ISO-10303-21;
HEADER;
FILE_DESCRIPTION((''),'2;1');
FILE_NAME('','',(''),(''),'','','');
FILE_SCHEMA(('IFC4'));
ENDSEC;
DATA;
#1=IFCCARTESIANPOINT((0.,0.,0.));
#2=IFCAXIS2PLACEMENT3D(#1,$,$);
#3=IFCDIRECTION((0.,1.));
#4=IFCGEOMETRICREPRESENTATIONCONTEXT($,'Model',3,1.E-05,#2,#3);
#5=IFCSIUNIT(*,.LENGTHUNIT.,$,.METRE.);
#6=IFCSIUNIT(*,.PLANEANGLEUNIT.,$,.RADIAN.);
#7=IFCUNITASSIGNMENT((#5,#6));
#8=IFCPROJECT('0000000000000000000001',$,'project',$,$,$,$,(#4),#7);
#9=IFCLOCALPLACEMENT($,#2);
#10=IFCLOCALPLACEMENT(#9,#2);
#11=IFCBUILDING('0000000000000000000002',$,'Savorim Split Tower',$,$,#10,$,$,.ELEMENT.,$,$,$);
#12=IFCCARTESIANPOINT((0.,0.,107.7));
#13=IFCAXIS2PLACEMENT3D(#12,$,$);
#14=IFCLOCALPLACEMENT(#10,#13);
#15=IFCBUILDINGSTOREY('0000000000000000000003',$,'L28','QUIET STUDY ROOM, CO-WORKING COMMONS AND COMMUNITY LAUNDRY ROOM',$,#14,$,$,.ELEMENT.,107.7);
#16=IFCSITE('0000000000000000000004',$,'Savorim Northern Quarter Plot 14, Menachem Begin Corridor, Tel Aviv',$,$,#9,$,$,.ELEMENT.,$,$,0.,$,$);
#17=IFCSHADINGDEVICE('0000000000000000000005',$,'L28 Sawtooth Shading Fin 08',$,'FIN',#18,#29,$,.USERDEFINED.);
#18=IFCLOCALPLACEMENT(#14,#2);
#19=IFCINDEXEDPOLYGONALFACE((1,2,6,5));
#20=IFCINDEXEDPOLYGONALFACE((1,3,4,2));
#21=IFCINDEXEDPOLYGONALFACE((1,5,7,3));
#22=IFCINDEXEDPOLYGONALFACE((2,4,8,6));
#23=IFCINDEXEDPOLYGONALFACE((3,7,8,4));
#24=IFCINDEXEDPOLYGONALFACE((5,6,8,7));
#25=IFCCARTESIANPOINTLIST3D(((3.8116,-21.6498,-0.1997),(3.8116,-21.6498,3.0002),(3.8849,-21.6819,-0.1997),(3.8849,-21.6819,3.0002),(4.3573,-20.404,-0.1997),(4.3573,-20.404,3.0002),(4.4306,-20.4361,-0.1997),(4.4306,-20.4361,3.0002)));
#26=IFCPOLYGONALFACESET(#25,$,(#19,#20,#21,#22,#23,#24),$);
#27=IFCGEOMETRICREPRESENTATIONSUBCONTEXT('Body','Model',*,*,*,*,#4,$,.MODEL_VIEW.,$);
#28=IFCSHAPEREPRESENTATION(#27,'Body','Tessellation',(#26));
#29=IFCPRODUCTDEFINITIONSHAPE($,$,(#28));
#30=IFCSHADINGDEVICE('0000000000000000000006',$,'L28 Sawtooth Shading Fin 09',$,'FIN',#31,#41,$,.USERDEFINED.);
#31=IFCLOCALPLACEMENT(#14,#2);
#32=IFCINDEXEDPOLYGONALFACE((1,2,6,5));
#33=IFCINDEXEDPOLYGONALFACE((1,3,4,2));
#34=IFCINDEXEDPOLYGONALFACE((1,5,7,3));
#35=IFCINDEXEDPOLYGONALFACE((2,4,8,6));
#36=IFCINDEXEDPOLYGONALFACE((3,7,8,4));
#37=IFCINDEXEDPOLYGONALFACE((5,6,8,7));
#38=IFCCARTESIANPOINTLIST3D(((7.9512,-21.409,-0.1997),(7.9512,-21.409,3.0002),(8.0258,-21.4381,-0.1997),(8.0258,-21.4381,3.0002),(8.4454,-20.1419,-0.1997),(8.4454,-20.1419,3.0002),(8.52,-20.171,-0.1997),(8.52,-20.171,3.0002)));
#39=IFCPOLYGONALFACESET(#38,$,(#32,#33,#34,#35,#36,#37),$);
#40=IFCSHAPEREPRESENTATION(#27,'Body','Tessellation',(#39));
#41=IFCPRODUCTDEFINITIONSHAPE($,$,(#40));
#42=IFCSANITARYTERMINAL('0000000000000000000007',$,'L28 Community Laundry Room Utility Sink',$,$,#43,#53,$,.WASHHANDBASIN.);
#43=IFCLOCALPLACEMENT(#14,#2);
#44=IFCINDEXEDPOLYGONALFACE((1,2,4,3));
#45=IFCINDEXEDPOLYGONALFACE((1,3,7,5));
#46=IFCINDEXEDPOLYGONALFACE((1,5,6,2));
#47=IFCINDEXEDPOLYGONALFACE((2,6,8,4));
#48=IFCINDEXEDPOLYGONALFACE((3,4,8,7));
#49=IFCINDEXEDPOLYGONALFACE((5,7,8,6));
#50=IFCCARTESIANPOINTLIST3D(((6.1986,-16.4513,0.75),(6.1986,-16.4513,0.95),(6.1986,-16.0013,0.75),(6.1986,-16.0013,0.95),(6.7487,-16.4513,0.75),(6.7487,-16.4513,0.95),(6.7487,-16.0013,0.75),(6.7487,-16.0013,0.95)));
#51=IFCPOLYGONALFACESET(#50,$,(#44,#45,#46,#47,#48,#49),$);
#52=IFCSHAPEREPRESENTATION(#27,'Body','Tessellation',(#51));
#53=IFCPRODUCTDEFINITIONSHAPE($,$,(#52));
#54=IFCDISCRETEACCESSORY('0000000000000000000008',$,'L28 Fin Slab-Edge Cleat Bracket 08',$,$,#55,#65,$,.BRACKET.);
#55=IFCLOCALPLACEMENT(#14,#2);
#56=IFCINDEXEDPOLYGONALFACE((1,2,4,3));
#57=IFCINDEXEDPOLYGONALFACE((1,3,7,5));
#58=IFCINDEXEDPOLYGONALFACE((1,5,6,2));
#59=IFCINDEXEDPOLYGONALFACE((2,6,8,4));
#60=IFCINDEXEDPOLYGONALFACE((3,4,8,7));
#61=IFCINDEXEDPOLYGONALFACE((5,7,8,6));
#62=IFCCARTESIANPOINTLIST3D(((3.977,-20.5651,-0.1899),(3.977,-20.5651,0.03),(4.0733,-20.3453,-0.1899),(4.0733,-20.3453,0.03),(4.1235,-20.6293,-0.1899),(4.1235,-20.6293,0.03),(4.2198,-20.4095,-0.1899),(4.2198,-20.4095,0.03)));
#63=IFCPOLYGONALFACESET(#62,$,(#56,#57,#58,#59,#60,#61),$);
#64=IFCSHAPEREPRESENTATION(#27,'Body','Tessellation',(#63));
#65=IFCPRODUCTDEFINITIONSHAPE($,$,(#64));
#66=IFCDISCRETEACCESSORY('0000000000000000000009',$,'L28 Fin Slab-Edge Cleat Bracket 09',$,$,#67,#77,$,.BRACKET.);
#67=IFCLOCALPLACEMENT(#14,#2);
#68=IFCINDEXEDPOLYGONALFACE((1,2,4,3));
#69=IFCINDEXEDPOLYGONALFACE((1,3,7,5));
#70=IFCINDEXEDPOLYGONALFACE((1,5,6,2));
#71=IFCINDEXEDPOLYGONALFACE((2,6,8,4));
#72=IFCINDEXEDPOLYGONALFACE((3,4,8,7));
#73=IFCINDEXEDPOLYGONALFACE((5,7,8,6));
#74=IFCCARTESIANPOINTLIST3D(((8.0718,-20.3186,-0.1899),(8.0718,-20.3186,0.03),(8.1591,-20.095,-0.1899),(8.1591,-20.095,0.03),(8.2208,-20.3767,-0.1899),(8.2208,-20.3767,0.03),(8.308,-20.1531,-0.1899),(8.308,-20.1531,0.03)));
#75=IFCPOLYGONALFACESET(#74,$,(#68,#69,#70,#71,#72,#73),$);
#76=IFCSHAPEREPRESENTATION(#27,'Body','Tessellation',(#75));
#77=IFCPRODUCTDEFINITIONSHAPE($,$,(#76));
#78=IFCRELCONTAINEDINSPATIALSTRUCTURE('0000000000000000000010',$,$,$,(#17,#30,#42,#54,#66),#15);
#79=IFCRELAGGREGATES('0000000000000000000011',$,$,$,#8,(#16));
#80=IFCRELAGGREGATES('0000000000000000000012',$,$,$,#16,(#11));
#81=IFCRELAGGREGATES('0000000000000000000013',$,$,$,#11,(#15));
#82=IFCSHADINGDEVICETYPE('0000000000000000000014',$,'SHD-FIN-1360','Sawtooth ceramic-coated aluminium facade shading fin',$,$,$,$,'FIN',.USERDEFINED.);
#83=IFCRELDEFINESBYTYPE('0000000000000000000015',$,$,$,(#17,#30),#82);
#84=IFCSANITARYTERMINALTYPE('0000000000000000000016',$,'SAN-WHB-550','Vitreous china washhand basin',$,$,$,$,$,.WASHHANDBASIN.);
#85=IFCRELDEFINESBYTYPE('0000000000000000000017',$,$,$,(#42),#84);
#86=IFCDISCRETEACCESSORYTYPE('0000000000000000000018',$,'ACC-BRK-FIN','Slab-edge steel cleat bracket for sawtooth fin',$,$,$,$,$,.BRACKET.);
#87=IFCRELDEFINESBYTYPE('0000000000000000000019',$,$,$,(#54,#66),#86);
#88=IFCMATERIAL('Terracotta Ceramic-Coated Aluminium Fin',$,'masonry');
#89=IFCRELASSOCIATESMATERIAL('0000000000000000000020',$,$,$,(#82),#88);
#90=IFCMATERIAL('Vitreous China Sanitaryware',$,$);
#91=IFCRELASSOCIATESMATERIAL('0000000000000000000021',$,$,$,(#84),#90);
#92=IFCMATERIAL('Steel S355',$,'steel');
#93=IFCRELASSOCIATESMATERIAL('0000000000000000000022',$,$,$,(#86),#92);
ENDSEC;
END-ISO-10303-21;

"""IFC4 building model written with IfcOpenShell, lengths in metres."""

from ifc_helpers import new_model, si_unit, direction, frame, origin, origin_2d, place, context, subcontext, project, spatial, rectangle, extrude, material, type_object, element, save


model = new_model("IFC4")

# Units and contexts
model_context = context("Model", 3, precision=1e-05, world=origin(), true_north=direction((0.0, 1.0)))
body_context = subcontext(model_context, "Body", "Model", "MODEL_VIEW")
ifc_project = project(units=[si_unit("LENGTHUNIT", "METRE"), si_unit("PLANEANGLEUNIT", "RADIAN")], contexts=[model_context])

# Site, building, storey
site_placement = place(None, origin())
site = spatial("IfcSite", under=ifc_project, at=site_placement, Name="Savorim Northern Quarter Plot 14, Menachem Begin Corridor, Tel Aviv", CompositionType="ELEMENT", RefElevation=0.0)
building_placement = place(site_placement, origin())
building = spatial("IfcBuilding", under=site, at=building_placement, Name="Savorim Split Tower", CompositionType="ELEMENT")
storey_placement = place(building_placement, frame((0.0, 0.0, 107.7)))
storey = spatial("IfcBuildingStorey", under=building, at=storey_placement, Name="L28", Description="QUIET STUDY ROOM, CO-WORKING COMMONS AND COMMUNITY LAUNDRY ROOM", CompositionType="ELEMENT", Elevation=107.7)

# Shared definitions
ifc_material_1 = material(Name="Steel S355", Category="steel")

# Shading devices
ifc_material_2 = material(Name="Terracotta Ceramic-Coated Aluminium Fin", Category="masonry")
shading_device_type = type_object("IfcShadingDeviceType", Name="SHD-FIN-1360", Description="Sawtooth ceramic-coated aluminium facade shading fin", ElementType="FIN", PredefinedType="USERDEFINED", material=ifc_material_2)
for number, where, z_axis, x_axis, name in (
    (1, (4.1211, -21.043, -0.1997), (0.0, 0.0, 1.0), (-0.40123, -0.915977, 0.0), "L28 Sawtooth Shading Fin 08"),
    (2, (8.2356, -20.79, -0.1997), (0.0, 0.0, 1.0), (-0.363415, -0.931627, 0.0), "L28 Sawtooth Shading Fin 09"),
):
    element("IfcShadingDevice", number, at=place(storey_placement, frame(where, z_axis=z_axis, x_axis=x_axis)), inside=storey, type_object=shading_device_type, Name=name, ObjectType="FIN", PredefinedType="USERDEFINED", context=body_context, shape_type="SweptSolid", body=[
        extrude(rectangle(XDim=1.3601, YDim=0.0801, at=origin_2d()), origin(), (0.0, 0.0, 1.0), 3.2),
    ])

# Sanitary terminal
ifc_material_3 = material(Name="Vitreous China Sanitaryware")
sanitary_terminal_type = type_object("IfcSanitaryTerminalType", Name="SAN-WHB-550", Description="Vitreous china washhand basin", PredefinedType="WASHHANDBASIN", material=ifc_material_3)
sanitary_terminal_placement = place(storey_placement, frame((6.4736, -16.2263, 0.75), z_axis=(0.0, 0.0, 1.0), x_axis=(1.0, 0.0, 0.0)))
element("IfcSanitaryTerminal", 3, at=sanitary_terminal_placement, inside=storey, type_object=sanitary_terminal_type, Name="L28 Community Laundry Room Utility Sink", PredefinedType="WASHHANDBASIN", context=body_context, shape_type="SweptSolid", body=[
    extrude(rectangle(XDim=0.55, YDim=0.45, at=origin_2d()), origin(), (0.0, 0.0, 1.0), 0.2),
])

# Discrete accessories
discrete_accessory_type = type_object("IfcDiscreteAccessoryType", Name="ACC-BRK-FIN", Description="Slab-edge steel cleat bracket for sawtooth fin", PredefinedType="BRACKET", material=ifc_material_1)
for number, where, z_axis, x_axis, name in (
    (4, (4.0984, -20.4873, -0.1899), (0.0, 0.0, 1.0), (-0.40123, -0.915977, 0.0), "L28 Fin Slab-Edge Cleat Bracket 08"),
    (5, (8.1899, -20.2358, -0.1899), (0.0, 0.0, 1.0), (-0.363415, -0.931627, 0.0), "L28 Fin Slab-Edge Cleat Bracket 09"),
):
    element("IfcDiscreteAccessory", number, at=place(storey_placement, frame(where, z_axis=z_axis, x_axis=x_axis)), inside=storey, type_object=discrete_accessory_type, Name=name, PredefinedType="BRACKET", context=body_context, shape_type="SweptSolid", body=[
        extrude(rectangle(XDim=0.24, YDim=0.1599, at=origin_2d()), origin(), (0.0, 0.0, 1.0), 0.22),
    ])

save(model, "model.ifc")
